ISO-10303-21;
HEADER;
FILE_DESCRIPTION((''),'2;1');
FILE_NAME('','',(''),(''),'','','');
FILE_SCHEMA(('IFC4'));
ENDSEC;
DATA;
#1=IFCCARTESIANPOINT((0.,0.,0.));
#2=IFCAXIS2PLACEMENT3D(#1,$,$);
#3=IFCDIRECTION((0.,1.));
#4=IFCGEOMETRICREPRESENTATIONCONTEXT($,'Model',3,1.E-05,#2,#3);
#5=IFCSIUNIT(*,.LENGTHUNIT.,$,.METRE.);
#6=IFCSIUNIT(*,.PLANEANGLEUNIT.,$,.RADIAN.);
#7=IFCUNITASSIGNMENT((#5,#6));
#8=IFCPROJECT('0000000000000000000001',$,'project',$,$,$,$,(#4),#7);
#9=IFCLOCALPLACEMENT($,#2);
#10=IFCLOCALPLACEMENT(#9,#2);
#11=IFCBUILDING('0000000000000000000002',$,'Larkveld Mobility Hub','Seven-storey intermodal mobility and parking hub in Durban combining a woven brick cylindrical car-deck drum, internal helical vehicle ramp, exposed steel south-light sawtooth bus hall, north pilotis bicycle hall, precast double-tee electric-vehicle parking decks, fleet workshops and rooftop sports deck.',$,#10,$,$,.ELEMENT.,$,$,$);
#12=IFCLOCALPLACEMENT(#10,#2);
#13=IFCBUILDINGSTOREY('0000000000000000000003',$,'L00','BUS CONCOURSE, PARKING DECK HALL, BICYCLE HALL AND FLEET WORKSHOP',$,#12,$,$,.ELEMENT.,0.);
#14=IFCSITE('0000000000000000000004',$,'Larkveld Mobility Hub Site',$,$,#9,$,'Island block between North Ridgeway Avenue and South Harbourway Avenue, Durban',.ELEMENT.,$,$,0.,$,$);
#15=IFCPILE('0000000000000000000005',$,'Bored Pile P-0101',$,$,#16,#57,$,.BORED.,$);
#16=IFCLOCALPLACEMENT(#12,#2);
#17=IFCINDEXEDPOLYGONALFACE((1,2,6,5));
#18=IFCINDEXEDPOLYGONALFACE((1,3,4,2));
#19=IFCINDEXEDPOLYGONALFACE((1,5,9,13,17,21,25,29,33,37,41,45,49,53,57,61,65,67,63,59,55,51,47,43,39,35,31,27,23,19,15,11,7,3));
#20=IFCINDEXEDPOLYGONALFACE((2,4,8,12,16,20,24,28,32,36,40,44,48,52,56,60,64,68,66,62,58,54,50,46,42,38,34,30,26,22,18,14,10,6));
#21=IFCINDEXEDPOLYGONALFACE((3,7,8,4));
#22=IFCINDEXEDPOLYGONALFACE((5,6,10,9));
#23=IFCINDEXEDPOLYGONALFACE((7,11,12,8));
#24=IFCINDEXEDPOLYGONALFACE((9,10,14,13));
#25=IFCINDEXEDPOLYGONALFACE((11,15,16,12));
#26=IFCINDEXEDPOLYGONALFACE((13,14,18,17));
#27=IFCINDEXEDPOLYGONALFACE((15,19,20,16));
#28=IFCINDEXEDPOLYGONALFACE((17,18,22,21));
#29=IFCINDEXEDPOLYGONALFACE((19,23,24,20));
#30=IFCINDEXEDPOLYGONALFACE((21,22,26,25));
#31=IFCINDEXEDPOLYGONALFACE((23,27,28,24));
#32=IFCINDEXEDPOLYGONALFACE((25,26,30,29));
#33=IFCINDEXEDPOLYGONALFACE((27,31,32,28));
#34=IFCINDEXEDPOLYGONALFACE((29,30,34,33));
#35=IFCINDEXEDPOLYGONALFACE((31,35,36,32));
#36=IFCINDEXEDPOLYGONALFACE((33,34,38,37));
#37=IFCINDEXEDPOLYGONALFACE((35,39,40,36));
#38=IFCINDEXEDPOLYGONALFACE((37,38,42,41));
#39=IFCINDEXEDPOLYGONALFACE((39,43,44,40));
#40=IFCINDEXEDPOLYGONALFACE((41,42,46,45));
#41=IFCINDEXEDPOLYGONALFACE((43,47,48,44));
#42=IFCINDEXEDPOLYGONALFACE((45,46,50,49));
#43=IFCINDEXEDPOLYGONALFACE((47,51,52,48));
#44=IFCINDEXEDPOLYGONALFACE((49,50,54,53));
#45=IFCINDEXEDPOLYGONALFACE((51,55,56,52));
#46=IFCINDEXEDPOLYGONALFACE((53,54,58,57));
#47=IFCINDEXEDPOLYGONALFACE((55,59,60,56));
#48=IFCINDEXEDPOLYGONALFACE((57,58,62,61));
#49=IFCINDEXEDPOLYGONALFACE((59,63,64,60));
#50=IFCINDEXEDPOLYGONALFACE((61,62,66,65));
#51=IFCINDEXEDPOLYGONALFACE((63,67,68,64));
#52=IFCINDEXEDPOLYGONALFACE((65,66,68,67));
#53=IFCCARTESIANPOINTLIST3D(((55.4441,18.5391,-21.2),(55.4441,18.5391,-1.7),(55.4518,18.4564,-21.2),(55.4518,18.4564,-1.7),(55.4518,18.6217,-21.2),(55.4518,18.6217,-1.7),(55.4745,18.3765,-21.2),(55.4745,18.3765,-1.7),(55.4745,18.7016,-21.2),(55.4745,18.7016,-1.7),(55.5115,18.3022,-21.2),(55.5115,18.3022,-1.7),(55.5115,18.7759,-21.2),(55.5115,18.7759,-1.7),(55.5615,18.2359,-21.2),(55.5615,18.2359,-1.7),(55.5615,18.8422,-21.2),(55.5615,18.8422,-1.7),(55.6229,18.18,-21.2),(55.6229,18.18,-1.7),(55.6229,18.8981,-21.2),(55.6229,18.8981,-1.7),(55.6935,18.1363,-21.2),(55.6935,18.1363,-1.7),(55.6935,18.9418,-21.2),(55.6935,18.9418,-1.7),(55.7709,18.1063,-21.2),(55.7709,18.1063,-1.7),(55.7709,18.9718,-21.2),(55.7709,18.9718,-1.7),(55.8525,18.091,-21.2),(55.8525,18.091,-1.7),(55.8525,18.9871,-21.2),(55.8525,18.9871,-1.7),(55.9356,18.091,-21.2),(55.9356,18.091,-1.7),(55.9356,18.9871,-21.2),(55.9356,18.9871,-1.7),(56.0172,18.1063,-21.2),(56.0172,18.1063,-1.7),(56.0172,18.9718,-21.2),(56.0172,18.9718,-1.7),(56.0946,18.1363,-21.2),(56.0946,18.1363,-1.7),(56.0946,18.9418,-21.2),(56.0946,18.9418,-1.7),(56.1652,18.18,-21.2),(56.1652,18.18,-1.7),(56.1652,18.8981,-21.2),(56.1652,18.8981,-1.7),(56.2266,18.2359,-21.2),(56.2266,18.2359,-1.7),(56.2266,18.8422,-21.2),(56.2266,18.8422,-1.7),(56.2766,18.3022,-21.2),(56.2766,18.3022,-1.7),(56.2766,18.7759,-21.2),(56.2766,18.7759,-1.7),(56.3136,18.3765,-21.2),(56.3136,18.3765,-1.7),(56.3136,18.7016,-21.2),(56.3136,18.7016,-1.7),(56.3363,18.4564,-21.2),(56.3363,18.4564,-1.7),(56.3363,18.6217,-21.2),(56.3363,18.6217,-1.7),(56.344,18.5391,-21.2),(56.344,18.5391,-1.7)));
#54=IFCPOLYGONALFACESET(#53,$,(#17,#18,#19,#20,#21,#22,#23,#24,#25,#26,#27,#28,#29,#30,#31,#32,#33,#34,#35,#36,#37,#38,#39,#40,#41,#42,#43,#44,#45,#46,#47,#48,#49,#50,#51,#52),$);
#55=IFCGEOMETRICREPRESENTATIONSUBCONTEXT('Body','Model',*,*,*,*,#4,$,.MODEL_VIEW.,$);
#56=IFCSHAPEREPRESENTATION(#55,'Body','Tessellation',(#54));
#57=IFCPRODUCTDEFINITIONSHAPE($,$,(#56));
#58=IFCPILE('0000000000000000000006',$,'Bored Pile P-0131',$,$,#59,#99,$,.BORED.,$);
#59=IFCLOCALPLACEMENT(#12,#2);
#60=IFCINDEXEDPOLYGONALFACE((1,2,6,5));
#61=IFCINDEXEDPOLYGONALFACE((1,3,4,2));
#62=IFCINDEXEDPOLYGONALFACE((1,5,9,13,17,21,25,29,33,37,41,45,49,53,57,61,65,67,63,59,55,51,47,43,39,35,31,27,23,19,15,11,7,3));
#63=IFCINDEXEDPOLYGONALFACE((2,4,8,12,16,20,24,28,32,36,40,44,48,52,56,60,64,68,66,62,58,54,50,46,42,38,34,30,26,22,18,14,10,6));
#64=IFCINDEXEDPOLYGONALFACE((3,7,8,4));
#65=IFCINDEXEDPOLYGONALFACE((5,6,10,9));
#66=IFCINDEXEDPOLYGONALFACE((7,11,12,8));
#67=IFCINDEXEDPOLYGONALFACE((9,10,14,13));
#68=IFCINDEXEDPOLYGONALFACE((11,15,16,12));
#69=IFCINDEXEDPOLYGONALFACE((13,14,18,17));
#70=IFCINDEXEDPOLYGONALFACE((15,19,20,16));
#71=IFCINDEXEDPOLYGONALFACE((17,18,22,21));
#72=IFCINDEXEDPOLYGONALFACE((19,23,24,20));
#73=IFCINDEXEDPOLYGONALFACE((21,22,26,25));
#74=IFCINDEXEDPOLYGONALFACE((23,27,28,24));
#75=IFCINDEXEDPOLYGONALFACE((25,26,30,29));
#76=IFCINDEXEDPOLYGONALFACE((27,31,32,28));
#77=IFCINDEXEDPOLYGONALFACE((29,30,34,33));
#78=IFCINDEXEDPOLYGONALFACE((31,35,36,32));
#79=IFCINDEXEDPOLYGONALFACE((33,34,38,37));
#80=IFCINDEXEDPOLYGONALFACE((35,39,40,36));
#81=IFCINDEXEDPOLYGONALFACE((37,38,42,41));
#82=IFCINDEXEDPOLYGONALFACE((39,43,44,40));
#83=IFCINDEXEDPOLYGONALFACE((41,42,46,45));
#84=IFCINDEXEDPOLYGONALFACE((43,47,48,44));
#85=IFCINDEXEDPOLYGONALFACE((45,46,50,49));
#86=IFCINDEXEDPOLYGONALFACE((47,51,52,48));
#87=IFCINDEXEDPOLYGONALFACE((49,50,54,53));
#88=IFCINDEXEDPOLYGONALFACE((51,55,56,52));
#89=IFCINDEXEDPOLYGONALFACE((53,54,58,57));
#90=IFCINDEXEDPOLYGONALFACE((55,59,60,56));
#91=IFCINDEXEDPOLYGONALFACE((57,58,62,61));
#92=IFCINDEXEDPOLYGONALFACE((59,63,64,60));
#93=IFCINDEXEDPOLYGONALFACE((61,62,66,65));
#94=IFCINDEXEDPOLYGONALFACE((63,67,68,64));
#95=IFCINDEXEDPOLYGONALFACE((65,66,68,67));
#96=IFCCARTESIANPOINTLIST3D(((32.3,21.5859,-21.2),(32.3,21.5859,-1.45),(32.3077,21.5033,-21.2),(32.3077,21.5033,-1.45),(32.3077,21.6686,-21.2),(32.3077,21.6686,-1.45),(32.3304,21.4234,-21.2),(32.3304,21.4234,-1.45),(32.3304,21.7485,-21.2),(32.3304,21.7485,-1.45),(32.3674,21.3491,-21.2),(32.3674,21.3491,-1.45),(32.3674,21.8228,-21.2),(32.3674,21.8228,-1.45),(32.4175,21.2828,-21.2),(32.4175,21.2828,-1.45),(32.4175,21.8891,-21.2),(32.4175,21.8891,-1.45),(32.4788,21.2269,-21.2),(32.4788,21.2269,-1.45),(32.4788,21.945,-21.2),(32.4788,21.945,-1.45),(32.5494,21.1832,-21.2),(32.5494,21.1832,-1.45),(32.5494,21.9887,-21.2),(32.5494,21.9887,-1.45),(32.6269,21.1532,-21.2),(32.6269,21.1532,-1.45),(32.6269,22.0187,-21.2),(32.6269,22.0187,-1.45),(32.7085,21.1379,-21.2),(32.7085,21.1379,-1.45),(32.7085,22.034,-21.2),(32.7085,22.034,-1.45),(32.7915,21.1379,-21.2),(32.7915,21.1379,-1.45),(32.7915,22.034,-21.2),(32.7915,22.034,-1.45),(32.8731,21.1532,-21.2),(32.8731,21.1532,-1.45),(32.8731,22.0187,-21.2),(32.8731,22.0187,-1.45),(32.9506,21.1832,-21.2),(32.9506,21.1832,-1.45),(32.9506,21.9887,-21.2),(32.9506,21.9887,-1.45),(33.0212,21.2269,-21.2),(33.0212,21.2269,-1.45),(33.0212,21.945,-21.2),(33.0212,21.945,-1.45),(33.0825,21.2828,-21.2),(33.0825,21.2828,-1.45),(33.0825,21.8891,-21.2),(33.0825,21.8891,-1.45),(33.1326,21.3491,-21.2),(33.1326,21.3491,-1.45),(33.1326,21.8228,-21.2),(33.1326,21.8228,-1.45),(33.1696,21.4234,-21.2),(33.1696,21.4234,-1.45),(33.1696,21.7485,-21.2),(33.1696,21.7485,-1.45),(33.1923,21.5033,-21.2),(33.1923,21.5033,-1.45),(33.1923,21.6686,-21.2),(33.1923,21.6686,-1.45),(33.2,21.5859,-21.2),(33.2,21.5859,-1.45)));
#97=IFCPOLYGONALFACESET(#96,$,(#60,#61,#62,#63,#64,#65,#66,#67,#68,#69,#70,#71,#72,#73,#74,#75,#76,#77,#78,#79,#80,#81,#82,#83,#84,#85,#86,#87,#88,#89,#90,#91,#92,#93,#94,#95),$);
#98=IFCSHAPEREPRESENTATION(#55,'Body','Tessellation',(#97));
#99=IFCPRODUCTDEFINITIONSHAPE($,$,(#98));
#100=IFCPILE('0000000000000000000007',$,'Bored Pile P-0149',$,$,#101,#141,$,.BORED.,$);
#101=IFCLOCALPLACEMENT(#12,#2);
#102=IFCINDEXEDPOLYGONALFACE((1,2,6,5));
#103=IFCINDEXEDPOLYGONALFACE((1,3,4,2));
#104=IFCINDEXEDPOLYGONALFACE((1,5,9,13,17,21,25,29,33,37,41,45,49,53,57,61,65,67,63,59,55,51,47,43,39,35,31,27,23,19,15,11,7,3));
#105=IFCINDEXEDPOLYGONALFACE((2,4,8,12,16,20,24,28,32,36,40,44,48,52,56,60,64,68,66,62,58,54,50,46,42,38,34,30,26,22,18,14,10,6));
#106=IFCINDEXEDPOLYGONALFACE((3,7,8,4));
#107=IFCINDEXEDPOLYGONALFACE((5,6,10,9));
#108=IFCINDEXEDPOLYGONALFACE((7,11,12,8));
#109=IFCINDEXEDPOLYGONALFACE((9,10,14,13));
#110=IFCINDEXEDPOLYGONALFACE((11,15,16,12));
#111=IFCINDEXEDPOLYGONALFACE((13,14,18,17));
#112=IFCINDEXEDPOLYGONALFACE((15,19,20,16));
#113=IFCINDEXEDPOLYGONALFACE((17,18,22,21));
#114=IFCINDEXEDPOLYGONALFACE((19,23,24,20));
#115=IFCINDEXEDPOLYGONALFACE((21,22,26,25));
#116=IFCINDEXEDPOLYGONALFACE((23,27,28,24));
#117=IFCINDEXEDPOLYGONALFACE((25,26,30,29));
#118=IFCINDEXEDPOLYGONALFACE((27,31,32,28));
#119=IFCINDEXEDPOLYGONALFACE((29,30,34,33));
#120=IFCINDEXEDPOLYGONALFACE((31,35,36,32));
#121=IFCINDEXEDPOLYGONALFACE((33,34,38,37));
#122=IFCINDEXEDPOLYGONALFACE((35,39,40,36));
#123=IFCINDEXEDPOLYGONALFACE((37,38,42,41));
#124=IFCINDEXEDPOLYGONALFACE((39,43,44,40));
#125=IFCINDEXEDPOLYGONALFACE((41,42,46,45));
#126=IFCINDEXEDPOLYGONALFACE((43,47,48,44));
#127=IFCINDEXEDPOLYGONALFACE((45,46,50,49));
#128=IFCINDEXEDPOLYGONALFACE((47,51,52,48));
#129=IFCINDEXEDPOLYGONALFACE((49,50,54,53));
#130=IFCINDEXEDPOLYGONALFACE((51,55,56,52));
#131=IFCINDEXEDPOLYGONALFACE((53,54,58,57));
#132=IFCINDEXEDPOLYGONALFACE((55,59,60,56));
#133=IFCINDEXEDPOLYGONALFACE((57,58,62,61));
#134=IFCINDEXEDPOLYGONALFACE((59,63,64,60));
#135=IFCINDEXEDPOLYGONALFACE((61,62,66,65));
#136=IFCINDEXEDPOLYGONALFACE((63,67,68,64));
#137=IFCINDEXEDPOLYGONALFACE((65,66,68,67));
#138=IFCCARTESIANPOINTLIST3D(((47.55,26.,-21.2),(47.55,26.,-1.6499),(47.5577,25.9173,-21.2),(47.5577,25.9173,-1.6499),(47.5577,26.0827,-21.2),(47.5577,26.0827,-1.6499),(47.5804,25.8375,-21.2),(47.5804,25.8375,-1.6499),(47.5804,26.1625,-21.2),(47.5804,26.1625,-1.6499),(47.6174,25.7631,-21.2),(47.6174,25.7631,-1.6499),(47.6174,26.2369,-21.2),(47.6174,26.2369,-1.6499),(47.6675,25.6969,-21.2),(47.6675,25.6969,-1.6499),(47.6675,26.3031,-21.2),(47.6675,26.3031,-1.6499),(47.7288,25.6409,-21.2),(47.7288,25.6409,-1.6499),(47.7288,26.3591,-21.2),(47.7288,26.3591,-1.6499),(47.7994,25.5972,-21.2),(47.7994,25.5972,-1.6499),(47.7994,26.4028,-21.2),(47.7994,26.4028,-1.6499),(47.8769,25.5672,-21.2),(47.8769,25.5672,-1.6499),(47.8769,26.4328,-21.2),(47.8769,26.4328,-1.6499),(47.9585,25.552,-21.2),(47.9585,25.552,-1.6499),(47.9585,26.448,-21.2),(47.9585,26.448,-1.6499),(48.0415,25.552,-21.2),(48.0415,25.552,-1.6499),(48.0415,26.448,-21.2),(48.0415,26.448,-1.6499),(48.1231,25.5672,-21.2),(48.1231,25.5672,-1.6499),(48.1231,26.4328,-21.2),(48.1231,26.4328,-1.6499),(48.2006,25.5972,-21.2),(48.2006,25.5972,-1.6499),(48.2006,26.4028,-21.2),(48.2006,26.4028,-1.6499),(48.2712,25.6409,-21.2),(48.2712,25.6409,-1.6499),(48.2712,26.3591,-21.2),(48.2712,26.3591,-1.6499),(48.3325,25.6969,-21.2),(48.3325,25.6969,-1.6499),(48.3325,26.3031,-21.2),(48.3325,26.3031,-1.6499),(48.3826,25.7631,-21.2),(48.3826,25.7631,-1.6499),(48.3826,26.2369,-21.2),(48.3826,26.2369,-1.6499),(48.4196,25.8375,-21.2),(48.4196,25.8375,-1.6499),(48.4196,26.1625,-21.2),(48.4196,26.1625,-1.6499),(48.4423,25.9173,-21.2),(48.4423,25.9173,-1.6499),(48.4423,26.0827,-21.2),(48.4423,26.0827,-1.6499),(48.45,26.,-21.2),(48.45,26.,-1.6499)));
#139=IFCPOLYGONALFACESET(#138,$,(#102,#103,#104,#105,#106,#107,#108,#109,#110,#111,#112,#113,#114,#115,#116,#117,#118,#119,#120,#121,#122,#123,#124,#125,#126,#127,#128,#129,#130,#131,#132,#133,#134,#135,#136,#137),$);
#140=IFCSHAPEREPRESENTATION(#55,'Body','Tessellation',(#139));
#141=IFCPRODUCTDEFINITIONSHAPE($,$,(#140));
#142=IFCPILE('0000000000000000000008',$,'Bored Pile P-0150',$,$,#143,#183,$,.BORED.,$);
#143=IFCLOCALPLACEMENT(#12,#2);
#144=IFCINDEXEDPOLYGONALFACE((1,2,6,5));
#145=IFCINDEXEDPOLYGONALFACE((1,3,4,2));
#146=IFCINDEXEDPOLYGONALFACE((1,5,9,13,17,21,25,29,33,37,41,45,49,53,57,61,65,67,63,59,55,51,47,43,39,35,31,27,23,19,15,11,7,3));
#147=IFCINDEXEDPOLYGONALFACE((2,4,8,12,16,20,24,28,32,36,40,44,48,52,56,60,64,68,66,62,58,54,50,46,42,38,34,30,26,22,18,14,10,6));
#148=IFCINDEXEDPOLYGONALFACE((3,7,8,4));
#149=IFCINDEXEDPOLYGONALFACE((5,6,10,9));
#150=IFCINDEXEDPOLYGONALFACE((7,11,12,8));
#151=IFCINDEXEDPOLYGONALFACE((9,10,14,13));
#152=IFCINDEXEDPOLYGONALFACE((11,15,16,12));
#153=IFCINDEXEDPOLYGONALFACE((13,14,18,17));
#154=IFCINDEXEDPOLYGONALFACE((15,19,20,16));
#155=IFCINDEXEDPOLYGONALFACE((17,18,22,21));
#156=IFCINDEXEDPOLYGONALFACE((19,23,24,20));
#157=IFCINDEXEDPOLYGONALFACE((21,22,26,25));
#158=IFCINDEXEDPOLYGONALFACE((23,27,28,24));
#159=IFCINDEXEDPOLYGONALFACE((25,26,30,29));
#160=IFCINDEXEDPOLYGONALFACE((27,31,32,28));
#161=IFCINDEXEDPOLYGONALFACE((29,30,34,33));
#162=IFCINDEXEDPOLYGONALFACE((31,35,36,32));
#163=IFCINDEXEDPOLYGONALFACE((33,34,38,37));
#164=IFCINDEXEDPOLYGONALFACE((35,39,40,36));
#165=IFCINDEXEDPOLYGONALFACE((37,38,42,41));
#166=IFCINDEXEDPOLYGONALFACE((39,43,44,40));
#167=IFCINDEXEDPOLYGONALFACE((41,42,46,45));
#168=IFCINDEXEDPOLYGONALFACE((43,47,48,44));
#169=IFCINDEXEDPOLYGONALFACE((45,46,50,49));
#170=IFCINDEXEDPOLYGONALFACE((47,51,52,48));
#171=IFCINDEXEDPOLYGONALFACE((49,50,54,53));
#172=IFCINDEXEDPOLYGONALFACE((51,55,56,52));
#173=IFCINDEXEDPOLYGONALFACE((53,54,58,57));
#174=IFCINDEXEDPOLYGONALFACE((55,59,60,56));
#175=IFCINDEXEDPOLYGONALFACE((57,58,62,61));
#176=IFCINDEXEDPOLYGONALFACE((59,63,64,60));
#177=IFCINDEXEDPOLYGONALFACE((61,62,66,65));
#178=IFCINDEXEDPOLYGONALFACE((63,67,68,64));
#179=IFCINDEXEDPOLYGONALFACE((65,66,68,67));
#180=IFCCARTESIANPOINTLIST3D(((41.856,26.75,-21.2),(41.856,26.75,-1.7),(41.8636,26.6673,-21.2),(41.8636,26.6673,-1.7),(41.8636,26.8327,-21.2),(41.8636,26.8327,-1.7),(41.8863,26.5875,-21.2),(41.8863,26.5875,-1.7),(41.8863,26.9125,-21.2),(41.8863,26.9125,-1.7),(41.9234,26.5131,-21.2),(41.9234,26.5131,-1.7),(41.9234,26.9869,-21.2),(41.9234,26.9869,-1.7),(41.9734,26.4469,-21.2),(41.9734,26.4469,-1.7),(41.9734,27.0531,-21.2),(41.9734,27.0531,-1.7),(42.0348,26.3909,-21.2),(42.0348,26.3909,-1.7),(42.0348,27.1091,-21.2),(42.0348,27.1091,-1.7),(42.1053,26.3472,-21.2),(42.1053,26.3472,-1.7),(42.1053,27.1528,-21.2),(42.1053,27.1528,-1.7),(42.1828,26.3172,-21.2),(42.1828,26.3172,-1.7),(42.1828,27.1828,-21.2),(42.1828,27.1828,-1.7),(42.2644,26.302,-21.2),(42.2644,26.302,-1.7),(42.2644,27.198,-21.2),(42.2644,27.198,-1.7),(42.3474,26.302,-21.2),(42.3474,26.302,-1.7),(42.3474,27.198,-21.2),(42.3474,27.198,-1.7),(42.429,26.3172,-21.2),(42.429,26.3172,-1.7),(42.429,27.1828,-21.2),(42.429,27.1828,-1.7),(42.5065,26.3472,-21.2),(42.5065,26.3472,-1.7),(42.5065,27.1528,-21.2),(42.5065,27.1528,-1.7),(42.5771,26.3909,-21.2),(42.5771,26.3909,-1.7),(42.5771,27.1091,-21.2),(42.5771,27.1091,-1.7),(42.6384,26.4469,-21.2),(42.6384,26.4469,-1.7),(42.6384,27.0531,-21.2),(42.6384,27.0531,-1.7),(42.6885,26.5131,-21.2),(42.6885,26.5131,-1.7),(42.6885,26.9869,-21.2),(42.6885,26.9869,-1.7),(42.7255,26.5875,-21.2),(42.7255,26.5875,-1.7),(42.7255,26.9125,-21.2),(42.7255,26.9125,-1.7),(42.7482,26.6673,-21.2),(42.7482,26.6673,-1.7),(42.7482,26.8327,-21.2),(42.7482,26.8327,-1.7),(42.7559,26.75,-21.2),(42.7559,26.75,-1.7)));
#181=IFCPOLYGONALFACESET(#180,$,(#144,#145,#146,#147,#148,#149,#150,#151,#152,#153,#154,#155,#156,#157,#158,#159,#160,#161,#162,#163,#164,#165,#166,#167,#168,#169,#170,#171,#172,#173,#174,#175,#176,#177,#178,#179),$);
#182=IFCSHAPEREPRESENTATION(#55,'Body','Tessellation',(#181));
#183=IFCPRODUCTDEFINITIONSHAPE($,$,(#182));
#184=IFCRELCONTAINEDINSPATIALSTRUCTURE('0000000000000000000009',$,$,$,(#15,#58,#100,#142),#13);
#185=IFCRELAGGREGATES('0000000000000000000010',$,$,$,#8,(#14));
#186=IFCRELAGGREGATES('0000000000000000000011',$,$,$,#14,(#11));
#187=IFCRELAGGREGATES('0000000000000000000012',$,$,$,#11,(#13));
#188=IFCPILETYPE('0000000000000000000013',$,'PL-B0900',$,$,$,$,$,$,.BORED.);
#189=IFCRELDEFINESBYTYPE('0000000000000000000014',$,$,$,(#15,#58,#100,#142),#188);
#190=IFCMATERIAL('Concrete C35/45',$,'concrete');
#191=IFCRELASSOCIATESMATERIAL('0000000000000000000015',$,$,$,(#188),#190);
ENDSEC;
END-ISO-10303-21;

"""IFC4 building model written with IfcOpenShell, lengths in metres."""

from ifc_helpers import new_model, si_unit, direction, frame, origin, origin_2d, place, context, subcontext, project, spatial, circle, extrude, material, material_profile, profile_set, type_object, element, save


model = new_model("IFC4")

# Units and contexts
model_context = context("Model", 3, precision=1e-05, world=origin(), true_north=direction((0.0, 1.0)))
body_context = subcontext(model_context, "Body", "Model", "MODEL_VIEW")
ifc_project = project(units=[si_unit("LENGTHUNIT", "METRE"), si_unit("PLANEANGLEUNIT", "RADIAN")], contexts=[model_context])

# Site, building, storey
site_placement = place(None, origin())
site = spatial("IfcSite", under=ifc_project, at=site_placement, Name="Larkveld Mobility Hub Site", LongName="Island block between North Ridgeway Avenue and South Harbourway Avenue, Durban", CompositionType="ELEMENT", RefElevation=0.0)
building_placement = place(site_placement, origin())
building = spatial("IfcBuilding", under=site, at=building_placement, Name="Larkveld Mobility Hub", Description="Seven-storey intermodal mobility and parking hub in Durban combining a woven brick cylindrical car-deck drum, internal helical vehicle ramp, exposed steel south-light sawtooth bus hall, north pilotis bicycle hall, precast double-tee electric-vehicle parking decks, fleet workshops and rooftop sports deck.", CompositionType="ELEMENT")
storey_placement = place(building_placement, origin())
storey = spatial("IfcBuildingStorey", under=building, at=storey_placement, Name="L00", Description="BUS CONCOURSE, PARKING DECK HALL, BICYCLE HALL AND FLEET WORKSHOP", CompositionType="ELEMENT", Elevation=0.0)

# Shared definitions
ifc_material_1 = material(Name="Concrete C35/45", Category="concrete")

# Piles
ifc_material_profile_1 = material_profile(ifc_material_1, circle(Radius=0.45, at=origin_2d()), Name="PILE D900")
ifc_profile_set_1 = profile_set([ifc_material_profile_1], Name="Concrete C35/45")
pile_type = type_object("IfcPileType", Name="PL-B0900", PredefinedType="BORED", material=ifc_profile_set_1)
pile_1_placement = place(storey_placement, frame((55.894, 18.5391, -1.7), z_axis=(0.0, 0.0, -1.0), x_axis=(1.0, 0.0, 0.0)))
element("IfcPile", 1, at=pile_1_placement, inside=storey, type_object=pile_type, Name="Bored Pile P-0101", PredefinedType="BORED", context=body_context, shape_type="SweptSolid", body=[
    extrude(circle(Radius=0.45, at=origin_2d()), origin(), (0.0, 0.0, 1.0), 19.5),
])
pile_2_placement = place(storey_placement, frame((32.75, 21.5859, -1.45), z_axis=(0.0, 0.0, -1.0), x_axis=(1.0, 0.0, 0.0)))
element("IfcPile", 2, at=pile_2_placement, inside=storey, type_object=pile_type, Name="Bored Pile P-0131", PredefinedType="BORED", context=body_context, shape_type="SweptSolid", body=[
    extrude(circle(Radius=0.45, at=origin_2d()), origin(), (0.0, 0.0, 1.0), 19.75),
])
pile_3_placement = place(storey_placement, frame((48.0, 26.0, -1.6499), z_axis=(0.0, 0.0, -1.0), x_axis=(1.0, 0.0, 0.0)))
element("IfcPile", 3, at=pile_3_placement, inside=storey, type_object=pile_type, Name="Bored Pile P-0149", PredefinedType="BORED", context=body_context, shape_type="SweptSolid", body=[
    extrude(circle(Radius=0.45, at=origin_2d()), origin(), (0.0, 0.0, 1.0), 19.55),
])
for number, where, z_axis, x_axis, name in (
    (4, (42.3059, 26.75, -1.7), (0.0, 0.0, -1.0), (1.0, 0.0, 0.0), "Bored Pile P-0150"),
):
    element("IfcPile", number, at=place(storey_placement, frame(where, z_axis=z_axis, x_axis=x_axis)), inside=storey, type_object=pile_type, Name=name, PredefinedType="BORED", context=body_context, shape_type="SweptSolid", body=[
        extrude(circle(Radius=0.45, at=origin_2d()), origin(), (0.0, 0.0, 1.0), 19.5),
    ])

save(model, "model.ifc")
